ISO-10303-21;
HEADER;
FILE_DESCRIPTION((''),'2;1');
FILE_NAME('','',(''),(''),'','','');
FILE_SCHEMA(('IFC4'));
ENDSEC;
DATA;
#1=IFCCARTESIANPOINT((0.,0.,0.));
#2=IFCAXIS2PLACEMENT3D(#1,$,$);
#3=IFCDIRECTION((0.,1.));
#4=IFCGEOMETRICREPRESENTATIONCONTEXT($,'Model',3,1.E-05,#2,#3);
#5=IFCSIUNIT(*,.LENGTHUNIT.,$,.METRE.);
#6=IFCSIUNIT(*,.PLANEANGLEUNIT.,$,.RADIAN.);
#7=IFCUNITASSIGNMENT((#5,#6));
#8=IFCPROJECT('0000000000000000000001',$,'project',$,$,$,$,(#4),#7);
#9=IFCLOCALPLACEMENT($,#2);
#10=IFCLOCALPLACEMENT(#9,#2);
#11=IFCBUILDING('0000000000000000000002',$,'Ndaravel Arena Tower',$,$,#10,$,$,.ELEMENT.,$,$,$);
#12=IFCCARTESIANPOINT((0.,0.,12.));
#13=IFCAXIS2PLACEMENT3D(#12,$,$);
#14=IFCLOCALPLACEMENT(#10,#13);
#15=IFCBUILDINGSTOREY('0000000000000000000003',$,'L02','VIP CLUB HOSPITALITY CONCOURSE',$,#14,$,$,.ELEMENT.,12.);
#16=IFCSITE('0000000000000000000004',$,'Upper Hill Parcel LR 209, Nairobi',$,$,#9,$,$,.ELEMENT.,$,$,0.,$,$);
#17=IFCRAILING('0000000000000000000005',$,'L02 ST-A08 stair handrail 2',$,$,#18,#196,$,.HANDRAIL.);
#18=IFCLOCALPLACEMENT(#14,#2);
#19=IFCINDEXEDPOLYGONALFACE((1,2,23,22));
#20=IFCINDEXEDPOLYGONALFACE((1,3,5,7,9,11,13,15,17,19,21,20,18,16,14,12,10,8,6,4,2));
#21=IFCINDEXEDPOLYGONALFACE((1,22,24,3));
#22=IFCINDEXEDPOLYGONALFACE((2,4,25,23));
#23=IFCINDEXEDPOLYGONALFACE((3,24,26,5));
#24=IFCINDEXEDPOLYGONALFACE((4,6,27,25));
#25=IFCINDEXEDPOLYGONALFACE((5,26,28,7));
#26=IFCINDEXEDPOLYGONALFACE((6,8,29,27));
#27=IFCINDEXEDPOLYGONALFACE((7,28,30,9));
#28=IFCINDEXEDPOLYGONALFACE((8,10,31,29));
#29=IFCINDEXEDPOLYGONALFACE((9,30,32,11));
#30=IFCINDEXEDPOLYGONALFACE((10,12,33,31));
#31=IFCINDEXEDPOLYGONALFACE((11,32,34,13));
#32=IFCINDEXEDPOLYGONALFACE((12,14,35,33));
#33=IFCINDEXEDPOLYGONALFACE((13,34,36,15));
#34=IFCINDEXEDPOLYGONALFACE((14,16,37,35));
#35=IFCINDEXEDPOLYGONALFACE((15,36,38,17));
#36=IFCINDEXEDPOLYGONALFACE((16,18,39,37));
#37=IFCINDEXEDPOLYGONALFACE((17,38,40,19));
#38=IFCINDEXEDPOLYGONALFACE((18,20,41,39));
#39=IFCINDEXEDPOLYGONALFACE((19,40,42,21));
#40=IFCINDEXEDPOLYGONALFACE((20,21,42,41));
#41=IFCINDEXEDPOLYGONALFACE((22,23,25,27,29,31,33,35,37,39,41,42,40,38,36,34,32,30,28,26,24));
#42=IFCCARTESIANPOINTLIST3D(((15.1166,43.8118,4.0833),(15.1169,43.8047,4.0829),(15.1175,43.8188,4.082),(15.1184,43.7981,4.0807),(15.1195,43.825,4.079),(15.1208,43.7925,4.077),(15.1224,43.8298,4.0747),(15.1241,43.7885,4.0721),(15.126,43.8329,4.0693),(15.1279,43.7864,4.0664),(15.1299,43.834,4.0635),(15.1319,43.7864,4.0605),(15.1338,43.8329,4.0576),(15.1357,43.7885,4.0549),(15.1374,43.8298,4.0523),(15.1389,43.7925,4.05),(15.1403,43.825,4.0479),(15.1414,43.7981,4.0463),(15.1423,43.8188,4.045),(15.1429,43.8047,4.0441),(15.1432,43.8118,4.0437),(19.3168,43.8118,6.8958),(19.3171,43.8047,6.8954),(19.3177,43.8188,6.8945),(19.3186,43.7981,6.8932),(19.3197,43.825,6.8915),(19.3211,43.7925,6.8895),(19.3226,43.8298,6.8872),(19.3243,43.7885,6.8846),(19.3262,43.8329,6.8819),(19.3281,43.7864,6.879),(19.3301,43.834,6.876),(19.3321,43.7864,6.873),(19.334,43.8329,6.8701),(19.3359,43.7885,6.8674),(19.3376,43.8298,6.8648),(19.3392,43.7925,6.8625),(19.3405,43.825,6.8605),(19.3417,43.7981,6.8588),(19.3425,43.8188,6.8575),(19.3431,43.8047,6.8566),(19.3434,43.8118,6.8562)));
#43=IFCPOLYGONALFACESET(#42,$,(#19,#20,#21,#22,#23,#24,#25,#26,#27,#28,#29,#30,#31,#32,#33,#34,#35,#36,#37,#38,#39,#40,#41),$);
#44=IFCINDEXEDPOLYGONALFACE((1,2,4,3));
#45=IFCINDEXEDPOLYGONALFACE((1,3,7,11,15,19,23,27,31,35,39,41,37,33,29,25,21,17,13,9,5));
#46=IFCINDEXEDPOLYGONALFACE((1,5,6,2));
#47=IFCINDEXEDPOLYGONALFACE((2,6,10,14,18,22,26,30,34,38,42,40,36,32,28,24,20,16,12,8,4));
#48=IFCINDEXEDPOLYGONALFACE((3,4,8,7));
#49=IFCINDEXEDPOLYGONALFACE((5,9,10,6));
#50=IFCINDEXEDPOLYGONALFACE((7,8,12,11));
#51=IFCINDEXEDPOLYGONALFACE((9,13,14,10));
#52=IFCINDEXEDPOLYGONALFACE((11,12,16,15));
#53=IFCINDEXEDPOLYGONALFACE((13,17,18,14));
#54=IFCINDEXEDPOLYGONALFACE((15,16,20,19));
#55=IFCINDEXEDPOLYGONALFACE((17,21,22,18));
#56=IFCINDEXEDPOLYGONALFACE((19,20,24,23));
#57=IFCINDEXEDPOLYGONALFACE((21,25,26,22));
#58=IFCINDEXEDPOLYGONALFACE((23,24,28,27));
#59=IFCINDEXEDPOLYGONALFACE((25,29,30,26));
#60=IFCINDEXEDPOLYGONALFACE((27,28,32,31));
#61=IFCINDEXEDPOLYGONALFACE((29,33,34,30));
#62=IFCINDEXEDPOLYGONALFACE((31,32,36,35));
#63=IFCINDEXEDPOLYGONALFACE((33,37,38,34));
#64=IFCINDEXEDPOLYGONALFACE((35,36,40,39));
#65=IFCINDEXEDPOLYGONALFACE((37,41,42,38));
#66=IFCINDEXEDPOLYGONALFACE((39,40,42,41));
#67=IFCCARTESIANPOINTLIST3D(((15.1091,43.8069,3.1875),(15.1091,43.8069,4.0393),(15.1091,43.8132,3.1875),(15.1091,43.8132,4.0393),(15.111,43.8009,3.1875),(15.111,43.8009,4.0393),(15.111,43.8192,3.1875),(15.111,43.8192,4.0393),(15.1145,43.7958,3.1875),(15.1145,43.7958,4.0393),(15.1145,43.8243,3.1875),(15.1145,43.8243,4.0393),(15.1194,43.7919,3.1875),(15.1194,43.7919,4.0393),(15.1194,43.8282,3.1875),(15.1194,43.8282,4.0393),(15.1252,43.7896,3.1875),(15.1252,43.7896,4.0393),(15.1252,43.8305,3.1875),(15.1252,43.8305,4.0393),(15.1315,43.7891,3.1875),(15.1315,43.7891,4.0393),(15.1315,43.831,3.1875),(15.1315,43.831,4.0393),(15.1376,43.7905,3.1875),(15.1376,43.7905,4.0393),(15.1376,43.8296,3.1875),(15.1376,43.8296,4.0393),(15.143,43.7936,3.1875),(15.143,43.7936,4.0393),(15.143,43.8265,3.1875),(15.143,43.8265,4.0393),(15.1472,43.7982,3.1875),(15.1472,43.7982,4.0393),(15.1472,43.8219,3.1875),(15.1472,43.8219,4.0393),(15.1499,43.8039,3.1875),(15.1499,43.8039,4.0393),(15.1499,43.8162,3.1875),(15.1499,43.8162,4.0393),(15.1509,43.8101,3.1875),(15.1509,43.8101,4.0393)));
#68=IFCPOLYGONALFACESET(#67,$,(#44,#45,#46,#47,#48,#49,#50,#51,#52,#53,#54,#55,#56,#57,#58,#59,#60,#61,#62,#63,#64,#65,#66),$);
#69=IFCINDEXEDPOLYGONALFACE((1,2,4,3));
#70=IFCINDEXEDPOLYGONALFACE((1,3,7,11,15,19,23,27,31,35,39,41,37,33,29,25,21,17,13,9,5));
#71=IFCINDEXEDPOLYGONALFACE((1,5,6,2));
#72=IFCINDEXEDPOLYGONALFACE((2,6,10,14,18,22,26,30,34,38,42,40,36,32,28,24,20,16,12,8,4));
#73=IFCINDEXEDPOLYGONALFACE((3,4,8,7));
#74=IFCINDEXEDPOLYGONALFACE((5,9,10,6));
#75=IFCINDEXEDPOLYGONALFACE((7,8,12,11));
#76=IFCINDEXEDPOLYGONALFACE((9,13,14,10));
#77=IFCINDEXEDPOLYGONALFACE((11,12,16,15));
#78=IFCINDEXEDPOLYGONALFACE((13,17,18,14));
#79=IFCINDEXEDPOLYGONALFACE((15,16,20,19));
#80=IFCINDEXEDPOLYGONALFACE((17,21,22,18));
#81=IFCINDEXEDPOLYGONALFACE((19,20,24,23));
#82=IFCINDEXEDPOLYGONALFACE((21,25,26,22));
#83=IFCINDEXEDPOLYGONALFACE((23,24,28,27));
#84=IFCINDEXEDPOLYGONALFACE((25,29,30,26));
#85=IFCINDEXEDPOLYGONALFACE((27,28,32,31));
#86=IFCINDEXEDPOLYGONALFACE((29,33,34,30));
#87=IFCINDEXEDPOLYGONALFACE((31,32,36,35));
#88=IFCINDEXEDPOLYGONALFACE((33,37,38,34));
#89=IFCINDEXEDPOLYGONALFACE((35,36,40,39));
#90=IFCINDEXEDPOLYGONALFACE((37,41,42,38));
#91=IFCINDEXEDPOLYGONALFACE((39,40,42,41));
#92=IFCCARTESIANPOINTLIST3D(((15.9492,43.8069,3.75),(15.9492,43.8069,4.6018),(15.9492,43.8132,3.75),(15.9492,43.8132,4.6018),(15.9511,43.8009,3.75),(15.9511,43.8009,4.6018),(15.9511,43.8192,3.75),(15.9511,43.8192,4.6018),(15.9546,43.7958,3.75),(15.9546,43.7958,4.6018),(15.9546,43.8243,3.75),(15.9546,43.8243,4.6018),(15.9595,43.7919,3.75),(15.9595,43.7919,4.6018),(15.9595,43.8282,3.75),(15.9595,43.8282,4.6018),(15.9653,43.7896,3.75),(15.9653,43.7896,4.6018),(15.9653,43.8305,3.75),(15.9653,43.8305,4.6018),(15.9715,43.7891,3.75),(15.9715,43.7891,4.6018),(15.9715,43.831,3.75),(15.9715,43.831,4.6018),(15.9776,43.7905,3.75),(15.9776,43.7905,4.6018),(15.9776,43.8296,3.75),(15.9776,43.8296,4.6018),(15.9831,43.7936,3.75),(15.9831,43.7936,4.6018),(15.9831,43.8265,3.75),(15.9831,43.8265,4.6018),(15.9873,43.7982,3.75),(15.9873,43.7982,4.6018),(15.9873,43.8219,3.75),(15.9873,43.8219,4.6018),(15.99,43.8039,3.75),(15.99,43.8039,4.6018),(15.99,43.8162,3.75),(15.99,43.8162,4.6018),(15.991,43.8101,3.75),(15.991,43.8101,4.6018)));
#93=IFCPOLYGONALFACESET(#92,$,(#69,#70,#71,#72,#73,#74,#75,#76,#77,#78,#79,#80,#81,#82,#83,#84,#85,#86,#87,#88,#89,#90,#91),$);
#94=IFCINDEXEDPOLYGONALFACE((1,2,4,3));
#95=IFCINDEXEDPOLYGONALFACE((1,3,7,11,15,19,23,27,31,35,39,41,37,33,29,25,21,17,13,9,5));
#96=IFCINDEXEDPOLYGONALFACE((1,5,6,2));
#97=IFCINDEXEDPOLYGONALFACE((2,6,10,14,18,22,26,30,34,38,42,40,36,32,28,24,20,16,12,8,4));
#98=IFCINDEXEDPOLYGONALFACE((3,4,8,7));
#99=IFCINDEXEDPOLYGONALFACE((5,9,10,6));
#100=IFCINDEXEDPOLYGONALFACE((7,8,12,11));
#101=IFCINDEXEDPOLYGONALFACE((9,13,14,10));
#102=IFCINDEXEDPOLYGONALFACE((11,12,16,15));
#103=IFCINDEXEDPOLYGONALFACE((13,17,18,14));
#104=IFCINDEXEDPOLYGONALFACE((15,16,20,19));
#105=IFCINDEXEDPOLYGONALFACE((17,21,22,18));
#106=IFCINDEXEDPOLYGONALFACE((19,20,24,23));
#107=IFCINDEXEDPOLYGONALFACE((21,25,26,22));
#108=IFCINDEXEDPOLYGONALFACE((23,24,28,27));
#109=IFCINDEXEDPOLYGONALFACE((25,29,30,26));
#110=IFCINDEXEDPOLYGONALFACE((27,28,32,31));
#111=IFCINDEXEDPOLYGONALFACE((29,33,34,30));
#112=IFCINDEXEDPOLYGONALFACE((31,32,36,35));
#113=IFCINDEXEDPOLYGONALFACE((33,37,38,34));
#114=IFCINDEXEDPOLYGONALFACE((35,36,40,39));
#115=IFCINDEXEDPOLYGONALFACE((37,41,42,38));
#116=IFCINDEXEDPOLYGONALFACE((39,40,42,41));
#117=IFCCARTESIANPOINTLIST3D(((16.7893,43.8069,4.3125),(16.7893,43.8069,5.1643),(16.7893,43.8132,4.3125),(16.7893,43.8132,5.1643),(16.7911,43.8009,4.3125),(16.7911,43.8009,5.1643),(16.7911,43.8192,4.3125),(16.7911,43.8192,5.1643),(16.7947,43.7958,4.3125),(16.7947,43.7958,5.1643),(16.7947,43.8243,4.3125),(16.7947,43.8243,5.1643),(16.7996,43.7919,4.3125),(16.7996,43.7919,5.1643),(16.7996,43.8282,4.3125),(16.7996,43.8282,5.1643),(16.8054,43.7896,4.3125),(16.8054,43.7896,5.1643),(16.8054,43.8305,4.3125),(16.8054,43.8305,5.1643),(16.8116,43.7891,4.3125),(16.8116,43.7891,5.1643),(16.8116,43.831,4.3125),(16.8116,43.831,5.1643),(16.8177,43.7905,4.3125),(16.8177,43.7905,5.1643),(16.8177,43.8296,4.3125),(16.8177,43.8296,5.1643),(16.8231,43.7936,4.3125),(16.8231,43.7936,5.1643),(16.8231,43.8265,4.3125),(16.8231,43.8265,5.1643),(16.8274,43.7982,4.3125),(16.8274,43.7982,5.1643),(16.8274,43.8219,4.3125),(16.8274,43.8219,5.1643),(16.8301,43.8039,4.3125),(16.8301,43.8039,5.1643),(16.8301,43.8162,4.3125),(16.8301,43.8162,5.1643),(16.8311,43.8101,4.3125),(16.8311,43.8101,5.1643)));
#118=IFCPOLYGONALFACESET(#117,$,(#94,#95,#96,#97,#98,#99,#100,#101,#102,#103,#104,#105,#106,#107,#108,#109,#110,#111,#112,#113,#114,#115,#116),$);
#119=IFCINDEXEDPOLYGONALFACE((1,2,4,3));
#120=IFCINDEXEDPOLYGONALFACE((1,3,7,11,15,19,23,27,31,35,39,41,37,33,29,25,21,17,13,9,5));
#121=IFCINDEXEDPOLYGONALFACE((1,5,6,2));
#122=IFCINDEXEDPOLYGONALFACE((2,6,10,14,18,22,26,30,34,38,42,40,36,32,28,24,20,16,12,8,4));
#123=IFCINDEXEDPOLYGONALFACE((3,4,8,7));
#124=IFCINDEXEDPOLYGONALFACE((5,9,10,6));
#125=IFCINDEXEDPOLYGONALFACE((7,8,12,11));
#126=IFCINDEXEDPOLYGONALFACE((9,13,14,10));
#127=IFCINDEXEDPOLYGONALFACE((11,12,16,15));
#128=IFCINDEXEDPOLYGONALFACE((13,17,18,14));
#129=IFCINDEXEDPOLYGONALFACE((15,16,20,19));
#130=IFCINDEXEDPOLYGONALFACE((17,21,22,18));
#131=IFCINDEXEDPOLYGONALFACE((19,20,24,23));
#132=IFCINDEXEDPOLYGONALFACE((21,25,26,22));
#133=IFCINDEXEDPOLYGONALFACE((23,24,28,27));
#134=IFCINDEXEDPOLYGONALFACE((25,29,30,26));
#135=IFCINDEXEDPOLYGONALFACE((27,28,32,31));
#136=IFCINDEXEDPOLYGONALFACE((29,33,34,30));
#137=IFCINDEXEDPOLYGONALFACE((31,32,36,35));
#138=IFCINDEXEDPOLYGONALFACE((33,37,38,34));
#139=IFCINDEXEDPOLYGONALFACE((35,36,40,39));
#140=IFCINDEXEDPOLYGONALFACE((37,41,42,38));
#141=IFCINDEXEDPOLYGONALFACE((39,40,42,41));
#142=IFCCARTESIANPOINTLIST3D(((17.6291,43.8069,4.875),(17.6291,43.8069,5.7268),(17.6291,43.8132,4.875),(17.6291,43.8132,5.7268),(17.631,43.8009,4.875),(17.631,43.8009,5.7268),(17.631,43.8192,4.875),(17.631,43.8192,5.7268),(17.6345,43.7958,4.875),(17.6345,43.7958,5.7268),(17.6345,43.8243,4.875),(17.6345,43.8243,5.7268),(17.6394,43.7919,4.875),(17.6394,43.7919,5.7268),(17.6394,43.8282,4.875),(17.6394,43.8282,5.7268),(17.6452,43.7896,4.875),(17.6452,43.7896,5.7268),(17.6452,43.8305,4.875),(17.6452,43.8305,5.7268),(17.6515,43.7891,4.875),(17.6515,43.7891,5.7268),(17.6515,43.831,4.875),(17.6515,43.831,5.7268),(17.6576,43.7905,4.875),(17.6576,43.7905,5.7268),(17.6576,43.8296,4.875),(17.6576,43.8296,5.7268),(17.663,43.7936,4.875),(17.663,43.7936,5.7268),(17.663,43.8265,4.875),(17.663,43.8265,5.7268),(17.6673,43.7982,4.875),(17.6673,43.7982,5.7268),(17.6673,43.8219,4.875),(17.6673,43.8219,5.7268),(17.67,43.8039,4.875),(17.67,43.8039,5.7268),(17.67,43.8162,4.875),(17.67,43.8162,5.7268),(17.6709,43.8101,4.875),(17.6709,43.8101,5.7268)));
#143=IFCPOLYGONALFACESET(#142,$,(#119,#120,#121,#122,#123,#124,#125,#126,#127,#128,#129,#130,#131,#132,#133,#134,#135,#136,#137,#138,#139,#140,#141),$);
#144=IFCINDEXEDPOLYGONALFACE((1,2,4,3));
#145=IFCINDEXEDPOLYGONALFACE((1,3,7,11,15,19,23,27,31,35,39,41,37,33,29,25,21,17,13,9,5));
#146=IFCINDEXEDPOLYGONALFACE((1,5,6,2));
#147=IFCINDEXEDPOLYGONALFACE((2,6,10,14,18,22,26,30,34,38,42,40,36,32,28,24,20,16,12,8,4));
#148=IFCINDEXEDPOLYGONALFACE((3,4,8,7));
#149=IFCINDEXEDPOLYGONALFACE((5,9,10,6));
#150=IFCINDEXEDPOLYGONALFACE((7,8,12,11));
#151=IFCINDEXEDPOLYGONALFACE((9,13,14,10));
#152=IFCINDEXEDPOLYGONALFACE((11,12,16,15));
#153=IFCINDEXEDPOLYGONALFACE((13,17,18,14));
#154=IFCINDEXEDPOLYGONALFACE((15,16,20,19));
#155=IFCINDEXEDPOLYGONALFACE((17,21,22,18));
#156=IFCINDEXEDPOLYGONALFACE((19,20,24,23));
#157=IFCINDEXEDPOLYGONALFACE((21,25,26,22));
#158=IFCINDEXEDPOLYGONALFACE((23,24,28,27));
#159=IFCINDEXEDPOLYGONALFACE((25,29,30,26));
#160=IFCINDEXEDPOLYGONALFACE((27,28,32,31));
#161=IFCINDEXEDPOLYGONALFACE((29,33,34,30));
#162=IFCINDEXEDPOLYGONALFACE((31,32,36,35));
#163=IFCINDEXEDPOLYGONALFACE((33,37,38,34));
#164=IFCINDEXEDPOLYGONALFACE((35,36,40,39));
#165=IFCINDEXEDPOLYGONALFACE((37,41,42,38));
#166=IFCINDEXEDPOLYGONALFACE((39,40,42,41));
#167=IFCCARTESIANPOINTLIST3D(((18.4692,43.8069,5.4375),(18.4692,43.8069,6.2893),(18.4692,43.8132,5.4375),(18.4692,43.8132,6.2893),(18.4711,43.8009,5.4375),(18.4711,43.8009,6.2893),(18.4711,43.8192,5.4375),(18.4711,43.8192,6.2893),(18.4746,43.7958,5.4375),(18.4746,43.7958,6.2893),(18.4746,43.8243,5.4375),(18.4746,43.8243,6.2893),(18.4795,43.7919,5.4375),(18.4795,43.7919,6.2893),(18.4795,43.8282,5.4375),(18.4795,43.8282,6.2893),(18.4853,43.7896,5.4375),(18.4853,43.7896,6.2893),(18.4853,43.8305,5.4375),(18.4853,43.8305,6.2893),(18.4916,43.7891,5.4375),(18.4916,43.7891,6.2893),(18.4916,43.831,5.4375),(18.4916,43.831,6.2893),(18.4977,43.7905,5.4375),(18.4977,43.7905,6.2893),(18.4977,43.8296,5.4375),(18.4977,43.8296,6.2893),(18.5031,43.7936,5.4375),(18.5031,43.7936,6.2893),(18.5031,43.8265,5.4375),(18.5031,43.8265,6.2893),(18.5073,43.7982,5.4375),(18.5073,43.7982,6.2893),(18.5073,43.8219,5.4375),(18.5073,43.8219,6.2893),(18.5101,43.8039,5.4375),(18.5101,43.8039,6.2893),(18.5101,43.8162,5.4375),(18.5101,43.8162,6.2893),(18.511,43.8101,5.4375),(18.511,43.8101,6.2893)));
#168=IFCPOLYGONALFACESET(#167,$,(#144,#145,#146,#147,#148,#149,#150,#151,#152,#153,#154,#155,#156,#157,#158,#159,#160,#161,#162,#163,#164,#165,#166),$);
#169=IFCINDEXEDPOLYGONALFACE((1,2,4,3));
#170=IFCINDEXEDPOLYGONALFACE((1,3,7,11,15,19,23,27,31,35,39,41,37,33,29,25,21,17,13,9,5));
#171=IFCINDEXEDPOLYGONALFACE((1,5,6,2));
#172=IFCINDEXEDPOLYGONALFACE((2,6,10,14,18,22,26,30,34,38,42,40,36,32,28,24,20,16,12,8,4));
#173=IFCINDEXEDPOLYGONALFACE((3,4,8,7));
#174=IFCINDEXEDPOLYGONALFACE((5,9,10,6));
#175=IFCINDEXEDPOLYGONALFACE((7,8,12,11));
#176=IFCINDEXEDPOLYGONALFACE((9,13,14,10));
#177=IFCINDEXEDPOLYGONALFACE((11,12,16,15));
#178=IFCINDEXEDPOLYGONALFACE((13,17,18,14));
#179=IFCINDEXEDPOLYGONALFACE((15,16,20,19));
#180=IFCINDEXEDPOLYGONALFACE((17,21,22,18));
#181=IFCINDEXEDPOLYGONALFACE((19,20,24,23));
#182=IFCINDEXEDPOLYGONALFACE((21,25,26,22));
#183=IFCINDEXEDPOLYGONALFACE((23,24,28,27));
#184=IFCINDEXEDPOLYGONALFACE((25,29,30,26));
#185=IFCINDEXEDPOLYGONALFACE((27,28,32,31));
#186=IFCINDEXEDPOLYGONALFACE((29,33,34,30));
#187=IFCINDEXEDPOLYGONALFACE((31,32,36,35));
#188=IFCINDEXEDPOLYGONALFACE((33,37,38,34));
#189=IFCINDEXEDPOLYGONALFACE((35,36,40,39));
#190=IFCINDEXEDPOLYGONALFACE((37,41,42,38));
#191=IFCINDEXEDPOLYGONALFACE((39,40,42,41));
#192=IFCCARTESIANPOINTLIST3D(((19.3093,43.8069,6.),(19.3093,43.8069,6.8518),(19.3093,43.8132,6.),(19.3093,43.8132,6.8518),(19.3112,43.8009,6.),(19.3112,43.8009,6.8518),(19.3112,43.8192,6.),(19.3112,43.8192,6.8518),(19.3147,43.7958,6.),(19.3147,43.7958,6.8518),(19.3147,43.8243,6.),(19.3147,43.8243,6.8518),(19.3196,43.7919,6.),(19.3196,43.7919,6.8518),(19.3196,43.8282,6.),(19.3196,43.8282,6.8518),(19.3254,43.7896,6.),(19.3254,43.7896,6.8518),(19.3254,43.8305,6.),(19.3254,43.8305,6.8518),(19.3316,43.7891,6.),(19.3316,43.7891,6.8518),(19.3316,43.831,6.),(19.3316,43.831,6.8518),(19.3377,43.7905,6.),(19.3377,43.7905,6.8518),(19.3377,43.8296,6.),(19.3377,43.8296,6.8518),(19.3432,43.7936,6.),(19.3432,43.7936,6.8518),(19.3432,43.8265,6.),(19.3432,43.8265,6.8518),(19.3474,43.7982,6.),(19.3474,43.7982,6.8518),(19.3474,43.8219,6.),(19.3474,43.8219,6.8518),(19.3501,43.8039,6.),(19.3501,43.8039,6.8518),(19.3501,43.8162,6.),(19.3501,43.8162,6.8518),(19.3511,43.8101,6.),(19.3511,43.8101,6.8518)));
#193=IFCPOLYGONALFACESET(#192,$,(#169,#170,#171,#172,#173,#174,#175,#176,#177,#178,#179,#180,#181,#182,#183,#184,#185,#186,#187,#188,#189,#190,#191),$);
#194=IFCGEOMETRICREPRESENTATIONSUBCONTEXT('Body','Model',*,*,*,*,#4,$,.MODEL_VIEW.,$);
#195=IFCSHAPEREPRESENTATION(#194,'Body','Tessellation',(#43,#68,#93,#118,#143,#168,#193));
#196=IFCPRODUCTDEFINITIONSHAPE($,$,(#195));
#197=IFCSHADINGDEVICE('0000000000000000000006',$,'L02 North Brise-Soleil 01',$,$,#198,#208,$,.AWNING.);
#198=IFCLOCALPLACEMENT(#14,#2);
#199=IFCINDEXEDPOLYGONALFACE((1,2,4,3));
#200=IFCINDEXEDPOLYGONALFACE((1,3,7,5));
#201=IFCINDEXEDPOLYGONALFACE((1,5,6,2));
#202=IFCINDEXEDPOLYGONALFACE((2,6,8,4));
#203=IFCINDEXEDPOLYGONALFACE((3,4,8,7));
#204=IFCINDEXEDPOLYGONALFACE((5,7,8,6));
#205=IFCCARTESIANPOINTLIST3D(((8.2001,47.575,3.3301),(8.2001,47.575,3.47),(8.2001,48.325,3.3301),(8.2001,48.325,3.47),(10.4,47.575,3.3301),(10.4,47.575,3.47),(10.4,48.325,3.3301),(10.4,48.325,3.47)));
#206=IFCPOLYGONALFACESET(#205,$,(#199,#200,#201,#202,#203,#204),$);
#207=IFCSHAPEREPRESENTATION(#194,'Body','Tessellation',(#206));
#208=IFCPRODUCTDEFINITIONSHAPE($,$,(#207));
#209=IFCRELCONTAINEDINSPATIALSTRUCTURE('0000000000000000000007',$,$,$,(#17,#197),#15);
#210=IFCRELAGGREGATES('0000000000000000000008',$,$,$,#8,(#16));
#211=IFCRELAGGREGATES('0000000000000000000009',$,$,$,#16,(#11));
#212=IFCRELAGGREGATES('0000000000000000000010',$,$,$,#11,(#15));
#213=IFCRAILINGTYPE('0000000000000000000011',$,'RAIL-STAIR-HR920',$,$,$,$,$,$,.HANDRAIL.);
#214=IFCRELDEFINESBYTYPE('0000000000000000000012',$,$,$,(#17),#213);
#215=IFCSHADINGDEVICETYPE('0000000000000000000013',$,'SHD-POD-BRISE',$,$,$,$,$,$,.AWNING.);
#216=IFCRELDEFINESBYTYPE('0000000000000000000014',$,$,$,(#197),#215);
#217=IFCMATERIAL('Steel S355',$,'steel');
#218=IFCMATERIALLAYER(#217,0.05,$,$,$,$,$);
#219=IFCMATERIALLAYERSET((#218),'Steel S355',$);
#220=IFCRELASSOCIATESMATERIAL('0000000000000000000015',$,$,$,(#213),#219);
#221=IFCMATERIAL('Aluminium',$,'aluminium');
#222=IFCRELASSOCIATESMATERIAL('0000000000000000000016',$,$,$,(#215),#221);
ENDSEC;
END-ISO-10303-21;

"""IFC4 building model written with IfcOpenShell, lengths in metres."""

from ifc_helpers import new_model, si_unit, direction, frame, origin, origin_2d, place, context, subcontext, project, spatial, rectangle, circle, extrude, material, layer, layer_set, type_object, element, save


model = new_model("IFC4")

# Units and contexts
model_context = context("Model", 3, precision=1e-05, world=origin(), true_north=direction((0.0, 1.0)))
body_context = subcontext(model_context, "Body", "Model", "MODEL_VIEW")
ifc_project = project(units=[si_unit("LENGTHUNIT", "METRE"), si_unit("PLANEANGLEUNIT", "RADIAN")], contexts=[model_context])

# Site, building, storey
site_placement = place(None, origin())
site = spatial("IfcSite", under=ifc_project, at=site_placement, Name="Upper Hill Parcel LR 209, Nairobi", CompositionType="ELEMENT", RefElevation=0.0)
building_placement = place(site_placement, origin())
building = spatial("IfcBuilding", under=site, at=building_placement, Name="Ndaravel Arena Tower", CompositionType="ELEMENT")
storey_placement = place(building_placement, frame((0.0, 0.0, 12.0)))
storey = spatial("IfcBuildingStorey", under=building, at=storey_placement, Name="L02", Description="VIP CLUB HOSPITALITY CONCOURSE", CompositionType="ELEMENT", Elevation=12.0)

# Railing
ifc_material_1 = material(Name="Steel S355", Category="steel")
ifc_layer_1 = layer(ifc_material_1, 0.05)
ifc_layer_set_1 = layer_set([ifc_layer_1], Name="Steel S355")
railing_type_1 = type_object("IfcRailingType", Name="RAIL-STAIR-HR920", PredefinedType="HANDRAIL", material=ifc_layer_set_1)
railing_1_placement = place(storey_placement, frame((15.1299, 43.8101, 3.1875)))
element("IfcRailing", 1, at=railing_1_placement, inside=storey, type_object=railing_type_1, Name="L02 ST-A08 stair handrail 2", PredefinedType="HANDRAIL", context=body_context, shape_type="SweptSolid", body=[
    extrude(circle(Radius=0.0239, at=origin_2d()), frame((0.0, 0.0, 0.876), z_axis=(0.830919, 0.0, 0.556393), x_axis=(0.0, 1.0, 0.0)), (0.0, 0.0, 1.0), 5.0549),
    extrude(circle(Radius=0.021, at=origin_2d()), origin(), (0.0, 0.0, 1.0), 0.8518),
    extrude(circle(Radius=0.021, at=origin_2d()), frame((0.8401, 0.0, 0.5625)), (0.0, 0.0, 1.0), 0.8518),
    extrude(circle(Radius=0.021, at=origin_2d()), frame((1.6802, 0.0, 1.125)), (0.0, 0.0, 1.0), 0.8518),
    extrude(circle(Radius=0.021, at=origin_2d()), frame((2.52, 0.0, 1.6875)), (0.0, 0.0, 1.0), 0.8518),
    extrude(circle(Radius=0.021, at=origin_2d()), frame((3.3601, 0.0, 2.25)), (0.0, 0.0, 1.0), 0.8518),
    extrude(circle(Radius=0.021, at=origin_2d()), frame((4.2002, 0.0, 2.8125)), (0.0, 0.0, 1.0), 0.8518),
])

# Shading device
ifc_material_2 = material(Name="Aluminium", Category="aluminium")
shading_device_type = type_object("IfcShadingDeviceType", Name="SHD-POD-BRISE", PredefinedType="AWNING", material=ifc_material_2)
shading_device_placement = place(storey_placement, frame((9.3, 47.95, 3.3301), z_axis=(0.0, 0.0, 1.0), x_axis=(1.0, 0.0, 0.0)))
element("IfcShadingDevice", 2, at=shading_device_placement, inside=storey, type_object=shading_device_type, Name="L02 North Brise-Soleil 01", PredefinedType="AWNING", context=body_context, shape_type="SweptSolid", body=[
    extrude(rectangle(XDim=2.2, YDim=0.75, at=origin_2d()), origin(), (0.0, 0.0, 1.0), 0.1399),
])

save(model, "model.ifc")
